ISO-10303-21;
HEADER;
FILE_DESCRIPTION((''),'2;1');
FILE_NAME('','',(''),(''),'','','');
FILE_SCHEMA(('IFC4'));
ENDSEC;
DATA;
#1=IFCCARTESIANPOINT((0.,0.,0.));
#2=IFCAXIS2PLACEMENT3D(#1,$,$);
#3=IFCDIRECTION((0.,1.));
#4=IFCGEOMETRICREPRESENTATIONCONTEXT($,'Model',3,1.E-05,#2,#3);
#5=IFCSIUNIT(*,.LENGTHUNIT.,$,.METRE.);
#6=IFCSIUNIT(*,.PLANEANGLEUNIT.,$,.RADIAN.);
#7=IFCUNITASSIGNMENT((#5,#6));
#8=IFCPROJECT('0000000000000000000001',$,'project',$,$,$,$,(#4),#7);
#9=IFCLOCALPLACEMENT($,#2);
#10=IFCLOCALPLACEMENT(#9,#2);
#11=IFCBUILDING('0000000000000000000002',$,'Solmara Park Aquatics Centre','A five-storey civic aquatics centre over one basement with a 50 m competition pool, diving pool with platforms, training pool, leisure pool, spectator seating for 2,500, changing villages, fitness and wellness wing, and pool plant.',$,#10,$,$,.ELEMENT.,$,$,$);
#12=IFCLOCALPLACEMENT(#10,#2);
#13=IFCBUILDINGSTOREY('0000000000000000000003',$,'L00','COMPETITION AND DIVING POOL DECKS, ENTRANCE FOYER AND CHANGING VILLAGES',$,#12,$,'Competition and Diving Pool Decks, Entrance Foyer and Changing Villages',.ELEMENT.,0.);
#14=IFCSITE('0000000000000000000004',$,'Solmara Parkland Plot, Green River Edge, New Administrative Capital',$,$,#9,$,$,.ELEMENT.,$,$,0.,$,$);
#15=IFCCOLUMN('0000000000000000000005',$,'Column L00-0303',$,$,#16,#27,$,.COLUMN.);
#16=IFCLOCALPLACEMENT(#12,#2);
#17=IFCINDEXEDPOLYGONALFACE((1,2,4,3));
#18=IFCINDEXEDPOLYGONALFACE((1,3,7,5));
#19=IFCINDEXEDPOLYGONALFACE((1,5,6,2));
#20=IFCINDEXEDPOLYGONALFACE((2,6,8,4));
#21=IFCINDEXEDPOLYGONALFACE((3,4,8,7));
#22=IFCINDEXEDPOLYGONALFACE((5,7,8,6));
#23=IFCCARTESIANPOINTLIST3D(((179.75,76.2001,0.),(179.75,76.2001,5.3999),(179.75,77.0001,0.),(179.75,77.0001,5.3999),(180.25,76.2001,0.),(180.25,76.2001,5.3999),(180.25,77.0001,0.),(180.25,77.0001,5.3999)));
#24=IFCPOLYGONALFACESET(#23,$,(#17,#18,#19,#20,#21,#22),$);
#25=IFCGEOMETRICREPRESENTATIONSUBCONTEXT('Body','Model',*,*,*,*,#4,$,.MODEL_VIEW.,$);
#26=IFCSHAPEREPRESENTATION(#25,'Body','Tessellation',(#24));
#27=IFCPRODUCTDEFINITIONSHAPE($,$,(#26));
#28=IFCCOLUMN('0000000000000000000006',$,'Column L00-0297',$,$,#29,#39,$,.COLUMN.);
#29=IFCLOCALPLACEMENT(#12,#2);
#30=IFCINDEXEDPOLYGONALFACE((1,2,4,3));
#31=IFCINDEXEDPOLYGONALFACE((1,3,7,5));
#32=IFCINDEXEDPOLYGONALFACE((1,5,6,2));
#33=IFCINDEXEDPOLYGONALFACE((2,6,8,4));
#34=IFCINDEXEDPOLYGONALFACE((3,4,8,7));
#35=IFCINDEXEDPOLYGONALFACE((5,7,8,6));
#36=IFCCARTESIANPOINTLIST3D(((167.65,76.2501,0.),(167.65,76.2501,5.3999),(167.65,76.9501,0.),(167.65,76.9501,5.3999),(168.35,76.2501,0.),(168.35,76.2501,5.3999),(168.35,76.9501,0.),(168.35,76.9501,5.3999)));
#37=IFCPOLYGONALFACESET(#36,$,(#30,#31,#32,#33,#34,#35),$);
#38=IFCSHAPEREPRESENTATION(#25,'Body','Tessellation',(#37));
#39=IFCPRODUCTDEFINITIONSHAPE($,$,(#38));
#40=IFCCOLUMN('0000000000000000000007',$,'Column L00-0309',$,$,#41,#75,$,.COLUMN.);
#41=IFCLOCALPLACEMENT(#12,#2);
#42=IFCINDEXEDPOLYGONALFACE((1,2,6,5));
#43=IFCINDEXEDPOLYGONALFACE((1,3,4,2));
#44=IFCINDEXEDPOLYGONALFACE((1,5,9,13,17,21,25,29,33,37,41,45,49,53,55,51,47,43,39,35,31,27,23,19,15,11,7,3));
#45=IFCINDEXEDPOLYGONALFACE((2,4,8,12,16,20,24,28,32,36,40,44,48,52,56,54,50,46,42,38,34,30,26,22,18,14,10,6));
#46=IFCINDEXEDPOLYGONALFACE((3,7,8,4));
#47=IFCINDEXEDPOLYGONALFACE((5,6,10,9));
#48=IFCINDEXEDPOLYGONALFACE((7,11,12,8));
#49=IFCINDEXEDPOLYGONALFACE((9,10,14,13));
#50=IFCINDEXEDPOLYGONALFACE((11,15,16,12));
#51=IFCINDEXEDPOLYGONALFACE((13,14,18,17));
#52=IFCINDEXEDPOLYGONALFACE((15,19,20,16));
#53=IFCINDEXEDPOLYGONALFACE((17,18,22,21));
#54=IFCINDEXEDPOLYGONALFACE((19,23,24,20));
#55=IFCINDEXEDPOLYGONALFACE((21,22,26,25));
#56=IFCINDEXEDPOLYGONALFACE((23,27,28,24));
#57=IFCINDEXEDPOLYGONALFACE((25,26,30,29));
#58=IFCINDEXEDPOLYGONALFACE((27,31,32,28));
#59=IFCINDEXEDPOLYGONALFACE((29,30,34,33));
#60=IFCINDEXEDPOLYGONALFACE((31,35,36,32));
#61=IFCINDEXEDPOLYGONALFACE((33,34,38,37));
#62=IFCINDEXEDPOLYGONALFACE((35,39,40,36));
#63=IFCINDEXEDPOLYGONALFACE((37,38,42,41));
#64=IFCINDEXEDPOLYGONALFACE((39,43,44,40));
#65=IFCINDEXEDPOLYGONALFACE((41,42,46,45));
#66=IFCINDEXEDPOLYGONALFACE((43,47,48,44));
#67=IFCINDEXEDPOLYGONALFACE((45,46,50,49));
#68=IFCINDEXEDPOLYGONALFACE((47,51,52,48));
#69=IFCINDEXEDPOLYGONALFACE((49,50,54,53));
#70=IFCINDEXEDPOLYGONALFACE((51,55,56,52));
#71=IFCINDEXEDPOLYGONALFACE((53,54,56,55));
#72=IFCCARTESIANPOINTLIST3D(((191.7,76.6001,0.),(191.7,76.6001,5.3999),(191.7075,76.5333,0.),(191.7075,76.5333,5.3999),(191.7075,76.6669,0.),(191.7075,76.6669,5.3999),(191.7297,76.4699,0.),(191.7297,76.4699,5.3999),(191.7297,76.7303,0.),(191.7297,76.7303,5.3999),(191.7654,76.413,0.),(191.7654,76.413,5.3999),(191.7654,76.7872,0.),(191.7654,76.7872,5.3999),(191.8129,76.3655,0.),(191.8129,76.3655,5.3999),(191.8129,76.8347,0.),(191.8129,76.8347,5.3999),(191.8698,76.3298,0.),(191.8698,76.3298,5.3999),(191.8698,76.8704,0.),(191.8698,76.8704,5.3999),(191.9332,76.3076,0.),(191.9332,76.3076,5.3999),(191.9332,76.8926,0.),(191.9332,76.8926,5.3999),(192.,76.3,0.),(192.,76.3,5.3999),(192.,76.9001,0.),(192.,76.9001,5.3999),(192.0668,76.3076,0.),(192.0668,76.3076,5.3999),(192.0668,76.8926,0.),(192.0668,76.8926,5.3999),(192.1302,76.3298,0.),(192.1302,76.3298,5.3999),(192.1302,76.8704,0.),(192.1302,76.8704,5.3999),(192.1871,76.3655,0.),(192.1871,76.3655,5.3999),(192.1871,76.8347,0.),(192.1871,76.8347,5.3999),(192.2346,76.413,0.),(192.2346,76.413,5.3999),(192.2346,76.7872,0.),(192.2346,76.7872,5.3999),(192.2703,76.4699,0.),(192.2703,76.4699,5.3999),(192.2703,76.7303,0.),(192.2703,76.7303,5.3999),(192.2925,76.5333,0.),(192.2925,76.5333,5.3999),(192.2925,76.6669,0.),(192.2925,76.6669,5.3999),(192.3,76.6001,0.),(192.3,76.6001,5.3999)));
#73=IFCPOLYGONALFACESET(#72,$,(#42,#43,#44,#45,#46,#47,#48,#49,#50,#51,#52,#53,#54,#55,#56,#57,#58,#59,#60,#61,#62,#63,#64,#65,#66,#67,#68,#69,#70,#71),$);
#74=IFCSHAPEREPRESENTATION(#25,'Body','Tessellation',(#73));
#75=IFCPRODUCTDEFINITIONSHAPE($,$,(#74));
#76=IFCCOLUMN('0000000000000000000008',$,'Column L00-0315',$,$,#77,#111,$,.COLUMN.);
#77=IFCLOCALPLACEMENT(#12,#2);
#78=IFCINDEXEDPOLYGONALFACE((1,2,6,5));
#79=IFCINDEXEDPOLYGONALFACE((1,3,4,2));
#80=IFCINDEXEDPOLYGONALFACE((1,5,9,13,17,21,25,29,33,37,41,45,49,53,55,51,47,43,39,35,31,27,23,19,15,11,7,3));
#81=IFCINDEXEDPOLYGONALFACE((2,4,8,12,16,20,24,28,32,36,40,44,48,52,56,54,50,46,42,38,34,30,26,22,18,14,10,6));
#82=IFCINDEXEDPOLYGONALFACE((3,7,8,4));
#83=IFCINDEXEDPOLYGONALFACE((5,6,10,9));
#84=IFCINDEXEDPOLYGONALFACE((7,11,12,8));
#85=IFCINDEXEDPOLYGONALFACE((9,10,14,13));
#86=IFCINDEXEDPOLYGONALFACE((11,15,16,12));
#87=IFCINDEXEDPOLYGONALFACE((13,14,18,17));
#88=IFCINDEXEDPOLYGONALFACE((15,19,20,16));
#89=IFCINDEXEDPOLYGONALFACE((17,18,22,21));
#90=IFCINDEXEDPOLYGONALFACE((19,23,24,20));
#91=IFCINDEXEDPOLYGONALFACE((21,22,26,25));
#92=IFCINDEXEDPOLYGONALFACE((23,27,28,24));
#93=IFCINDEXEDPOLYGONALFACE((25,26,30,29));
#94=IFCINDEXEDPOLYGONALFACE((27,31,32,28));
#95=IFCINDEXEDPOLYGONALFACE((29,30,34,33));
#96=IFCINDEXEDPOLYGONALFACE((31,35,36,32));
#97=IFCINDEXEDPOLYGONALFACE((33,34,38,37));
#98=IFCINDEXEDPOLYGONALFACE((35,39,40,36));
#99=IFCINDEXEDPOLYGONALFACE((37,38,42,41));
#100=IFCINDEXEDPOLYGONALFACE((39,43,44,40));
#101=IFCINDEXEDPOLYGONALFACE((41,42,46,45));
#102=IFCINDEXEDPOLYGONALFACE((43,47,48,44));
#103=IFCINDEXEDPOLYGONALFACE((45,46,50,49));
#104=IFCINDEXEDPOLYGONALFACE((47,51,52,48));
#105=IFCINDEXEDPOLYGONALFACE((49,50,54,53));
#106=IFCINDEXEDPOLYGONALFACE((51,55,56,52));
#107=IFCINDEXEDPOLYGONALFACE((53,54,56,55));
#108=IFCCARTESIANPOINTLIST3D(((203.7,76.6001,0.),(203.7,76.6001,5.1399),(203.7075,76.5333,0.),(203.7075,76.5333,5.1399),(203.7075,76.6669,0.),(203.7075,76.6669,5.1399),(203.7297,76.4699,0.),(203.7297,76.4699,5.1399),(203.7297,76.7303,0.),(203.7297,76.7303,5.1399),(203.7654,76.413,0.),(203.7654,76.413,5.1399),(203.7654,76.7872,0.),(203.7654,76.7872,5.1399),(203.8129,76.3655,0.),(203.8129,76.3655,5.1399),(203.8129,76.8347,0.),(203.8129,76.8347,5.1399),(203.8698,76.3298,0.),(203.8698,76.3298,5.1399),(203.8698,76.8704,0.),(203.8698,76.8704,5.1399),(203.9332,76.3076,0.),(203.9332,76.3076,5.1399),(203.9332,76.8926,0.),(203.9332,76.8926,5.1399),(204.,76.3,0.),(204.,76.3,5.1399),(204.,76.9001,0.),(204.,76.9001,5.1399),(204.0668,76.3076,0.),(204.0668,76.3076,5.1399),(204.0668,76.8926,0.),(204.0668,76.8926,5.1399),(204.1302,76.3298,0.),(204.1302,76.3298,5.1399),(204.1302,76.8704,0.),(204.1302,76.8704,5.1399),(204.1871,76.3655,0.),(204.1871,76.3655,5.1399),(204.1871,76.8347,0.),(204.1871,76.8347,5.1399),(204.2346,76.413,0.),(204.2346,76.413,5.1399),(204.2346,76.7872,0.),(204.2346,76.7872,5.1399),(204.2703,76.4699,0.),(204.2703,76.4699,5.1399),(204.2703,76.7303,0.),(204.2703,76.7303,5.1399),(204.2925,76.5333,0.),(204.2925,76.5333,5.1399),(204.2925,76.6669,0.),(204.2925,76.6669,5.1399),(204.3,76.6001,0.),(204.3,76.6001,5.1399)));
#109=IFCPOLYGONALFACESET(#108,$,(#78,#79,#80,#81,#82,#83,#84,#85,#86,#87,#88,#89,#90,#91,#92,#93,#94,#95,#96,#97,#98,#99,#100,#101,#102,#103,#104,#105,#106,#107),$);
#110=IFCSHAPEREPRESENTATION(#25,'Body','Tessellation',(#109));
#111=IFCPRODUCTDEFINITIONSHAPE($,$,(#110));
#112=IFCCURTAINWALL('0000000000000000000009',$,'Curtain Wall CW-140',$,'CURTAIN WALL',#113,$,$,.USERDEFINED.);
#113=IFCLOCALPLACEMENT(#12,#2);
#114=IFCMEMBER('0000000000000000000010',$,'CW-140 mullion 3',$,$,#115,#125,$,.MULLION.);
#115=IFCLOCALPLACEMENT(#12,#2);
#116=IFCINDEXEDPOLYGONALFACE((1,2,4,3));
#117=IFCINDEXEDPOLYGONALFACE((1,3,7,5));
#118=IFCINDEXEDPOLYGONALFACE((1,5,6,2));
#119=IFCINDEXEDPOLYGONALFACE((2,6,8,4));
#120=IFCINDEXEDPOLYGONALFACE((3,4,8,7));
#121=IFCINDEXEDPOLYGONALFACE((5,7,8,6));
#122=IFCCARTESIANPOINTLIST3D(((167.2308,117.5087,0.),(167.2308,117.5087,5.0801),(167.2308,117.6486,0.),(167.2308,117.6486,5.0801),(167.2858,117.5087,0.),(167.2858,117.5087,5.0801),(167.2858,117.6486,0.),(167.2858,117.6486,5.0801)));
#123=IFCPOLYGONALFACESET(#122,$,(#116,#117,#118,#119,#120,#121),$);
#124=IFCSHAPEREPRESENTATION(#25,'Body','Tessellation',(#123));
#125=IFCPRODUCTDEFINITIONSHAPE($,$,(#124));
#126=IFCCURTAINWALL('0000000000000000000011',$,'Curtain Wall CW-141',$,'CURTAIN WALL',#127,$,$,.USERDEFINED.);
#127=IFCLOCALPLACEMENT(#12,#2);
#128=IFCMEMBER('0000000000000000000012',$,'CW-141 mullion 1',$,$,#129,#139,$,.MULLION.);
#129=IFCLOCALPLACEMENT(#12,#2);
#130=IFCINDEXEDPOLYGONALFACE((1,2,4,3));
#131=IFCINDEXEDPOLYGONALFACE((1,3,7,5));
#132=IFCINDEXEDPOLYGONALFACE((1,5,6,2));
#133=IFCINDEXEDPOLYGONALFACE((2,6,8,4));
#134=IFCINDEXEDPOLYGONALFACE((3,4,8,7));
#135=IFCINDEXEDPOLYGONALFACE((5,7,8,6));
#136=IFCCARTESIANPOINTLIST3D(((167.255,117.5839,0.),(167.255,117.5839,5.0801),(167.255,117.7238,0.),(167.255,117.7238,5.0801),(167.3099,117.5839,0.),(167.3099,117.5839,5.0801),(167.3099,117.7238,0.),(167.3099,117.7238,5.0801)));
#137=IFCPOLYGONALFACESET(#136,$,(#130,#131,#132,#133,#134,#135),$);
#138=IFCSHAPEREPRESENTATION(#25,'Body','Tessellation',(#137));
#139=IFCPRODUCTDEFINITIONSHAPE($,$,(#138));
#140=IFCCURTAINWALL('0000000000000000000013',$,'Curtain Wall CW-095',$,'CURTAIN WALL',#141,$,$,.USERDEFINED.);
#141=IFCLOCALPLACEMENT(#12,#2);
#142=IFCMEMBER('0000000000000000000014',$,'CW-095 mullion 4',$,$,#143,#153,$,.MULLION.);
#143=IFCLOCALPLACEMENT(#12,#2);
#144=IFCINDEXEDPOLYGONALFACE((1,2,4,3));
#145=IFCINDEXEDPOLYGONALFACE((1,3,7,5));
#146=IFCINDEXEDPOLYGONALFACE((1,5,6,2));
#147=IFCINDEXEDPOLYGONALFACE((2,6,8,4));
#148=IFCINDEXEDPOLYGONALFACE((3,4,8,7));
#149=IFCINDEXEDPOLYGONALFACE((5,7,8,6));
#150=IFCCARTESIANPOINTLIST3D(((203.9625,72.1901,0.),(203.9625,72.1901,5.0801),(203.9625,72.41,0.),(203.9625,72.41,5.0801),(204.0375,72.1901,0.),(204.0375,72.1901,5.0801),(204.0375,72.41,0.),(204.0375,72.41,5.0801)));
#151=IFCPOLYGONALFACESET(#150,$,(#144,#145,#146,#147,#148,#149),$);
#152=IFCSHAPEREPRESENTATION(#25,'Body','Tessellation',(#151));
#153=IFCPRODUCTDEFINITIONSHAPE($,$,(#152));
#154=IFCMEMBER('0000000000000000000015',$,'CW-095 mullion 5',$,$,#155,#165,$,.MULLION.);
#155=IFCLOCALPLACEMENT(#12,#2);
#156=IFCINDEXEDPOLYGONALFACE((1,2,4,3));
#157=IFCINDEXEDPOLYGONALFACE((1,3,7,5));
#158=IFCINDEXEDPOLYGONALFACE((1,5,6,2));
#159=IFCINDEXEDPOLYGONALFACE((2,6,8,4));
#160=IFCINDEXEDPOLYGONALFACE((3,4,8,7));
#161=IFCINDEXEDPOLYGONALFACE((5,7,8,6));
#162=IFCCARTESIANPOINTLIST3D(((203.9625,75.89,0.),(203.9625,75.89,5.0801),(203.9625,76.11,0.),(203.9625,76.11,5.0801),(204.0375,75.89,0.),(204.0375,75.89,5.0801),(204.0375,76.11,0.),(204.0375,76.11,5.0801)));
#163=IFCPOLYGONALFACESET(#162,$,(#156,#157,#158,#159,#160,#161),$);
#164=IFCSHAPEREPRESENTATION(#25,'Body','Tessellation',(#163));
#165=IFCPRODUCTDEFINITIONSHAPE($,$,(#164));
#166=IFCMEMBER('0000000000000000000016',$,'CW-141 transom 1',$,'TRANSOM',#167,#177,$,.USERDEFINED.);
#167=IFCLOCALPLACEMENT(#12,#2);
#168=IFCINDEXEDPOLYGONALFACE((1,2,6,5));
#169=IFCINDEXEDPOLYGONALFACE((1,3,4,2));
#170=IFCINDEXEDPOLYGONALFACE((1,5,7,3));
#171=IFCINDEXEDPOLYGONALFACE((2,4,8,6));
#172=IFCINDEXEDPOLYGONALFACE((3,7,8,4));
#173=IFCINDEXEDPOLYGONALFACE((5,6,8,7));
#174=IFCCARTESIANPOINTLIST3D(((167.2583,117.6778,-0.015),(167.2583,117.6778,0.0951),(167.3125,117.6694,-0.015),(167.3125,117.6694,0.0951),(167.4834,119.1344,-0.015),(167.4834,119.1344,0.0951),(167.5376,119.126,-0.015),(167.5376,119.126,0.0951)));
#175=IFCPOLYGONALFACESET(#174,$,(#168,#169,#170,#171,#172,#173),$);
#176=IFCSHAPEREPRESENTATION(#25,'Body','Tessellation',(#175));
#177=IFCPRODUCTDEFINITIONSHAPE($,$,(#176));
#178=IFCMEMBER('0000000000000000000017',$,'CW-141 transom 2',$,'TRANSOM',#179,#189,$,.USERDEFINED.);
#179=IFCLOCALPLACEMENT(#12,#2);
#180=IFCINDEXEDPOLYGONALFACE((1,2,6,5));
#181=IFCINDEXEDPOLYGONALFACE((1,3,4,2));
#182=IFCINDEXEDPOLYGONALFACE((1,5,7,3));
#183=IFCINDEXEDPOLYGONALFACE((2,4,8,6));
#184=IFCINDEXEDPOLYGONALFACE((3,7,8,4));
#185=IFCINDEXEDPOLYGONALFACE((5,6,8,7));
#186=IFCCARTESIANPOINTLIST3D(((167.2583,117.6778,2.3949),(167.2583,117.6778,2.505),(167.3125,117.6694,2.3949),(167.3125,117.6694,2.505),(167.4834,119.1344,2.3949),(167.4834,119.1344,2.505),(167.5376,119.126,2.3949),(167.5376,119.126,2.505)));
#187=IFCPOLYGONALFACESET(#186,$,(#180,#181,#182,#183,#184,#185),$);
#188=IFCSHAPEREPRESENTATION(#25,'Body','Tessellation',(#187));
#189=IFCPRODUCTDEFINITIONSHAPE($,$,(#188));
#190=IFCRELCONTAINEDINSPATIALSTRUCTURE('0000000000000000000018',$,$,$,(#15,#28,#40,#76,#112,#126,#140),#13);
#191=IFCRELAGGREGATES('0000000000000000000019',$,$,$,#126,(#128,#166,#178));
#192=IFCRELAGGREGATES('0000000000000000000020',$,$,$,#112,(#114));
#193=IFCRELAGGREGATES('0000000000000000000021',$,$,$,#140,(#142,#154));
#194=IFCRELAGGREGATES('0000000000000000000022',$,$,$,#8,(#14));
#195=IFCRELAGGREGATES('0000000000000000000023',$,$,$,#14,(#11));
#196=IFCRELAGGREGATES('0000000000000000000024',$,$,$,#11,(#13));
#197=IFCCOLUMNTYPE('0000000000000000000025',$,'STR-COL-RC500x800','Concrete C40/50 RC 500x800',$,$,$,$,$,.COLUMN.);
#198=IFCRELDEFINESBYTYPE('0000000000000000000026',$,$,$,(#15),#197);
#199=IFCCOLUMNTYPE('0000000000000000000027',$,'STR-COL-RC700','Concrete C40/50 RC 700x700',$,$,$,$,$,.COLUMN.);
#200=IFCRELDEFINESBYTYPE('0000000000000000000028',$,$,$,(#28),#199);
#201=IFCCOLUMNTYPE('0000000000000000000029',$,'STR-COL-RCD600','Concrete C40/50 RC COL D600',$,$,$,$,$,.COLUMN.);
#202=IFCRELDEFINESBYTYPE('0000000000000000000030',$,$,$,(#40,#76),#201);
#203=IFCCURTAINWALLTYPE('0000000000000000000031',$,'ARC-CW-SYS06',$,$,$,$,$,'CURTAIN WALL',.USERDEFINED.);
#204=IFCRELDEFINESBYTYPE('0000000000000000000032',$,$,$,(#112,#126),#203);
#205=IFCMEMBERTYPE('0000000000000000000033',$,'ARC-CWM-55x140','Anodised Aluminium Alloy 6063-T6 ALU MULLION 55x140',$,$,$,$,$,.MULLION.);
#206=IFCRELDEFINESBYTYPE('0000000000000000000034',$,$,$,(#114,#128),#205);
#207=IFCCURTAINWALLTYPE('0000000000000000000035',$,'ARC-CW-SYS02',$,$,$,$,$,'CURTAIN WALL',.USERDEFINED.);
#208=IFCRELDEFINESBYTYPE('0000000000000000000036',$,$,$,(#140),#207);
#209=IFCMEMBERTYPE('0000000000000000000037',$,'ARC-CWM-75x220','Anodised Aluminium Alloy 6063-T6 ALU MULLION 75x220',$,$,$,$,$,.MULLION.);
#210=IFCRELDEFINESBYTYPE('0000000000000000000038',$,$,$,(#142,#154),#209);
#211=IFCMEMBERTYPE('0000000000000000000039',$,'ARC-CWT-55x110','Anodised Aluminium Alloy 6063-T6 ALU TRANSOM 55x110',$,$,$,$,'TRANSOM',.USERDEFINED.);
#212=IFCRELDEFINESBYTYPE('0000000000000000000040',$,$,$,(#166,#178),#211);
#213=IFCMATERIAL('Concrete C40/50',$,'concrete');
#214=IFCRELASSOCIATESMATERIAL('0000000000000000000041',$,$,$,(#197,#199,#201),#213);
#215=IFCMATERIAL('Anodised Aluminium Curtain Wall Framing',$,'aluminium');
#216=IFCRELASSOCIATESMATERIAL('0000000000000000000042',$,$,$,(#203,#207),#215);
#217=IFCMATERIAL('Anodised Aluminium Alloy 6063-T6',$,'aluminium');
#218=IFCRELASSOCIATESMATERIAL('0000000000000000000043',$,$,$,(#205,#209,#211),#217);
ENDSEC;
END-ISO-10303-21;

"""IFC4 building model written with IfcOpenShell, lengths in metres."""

from ifc_helpers import new_model, si_unit, direction, frame, origin, origin_2d, place, context, subcontext, project, spatial, rectangle, circle, extrude, material, material_profile, profile_set, type_object, element, aggregate, save


model = new_model("IFC4")

# Units and contexts
model_context = context("Model", 3, precision=1e-05, world=origin(), true_north=direction((0.0, 1.0)))
body_context = subcontext(model_context, "Body", "Model", "MODEL_VIEW")
ifc_project = project(units=[si_unit("LENGTHUNIT", "METRE"), si_unit("PLANEANGLEUNIT", "RADIAN")], contexts=[model_context])

# Site, building, storey
site_placement = place(None, origin())
site = spatial("IfcSite", under=ifc_project, at=site_placement, Name="Solmara Parkland Plot, Green River Edge, New Administrative Capital", CompositionType="ELEMENT", RefElevation=0.0)
building_placement = place(site_placement, origin())
building = spatial("IfcBuilding", under=site, at=building_placement, Name="Solmara Park Aquatics Centre", Description="A five-storey civic aquatics centre over one basement with a 50 m competition pool, diving pool with platforms, training pool, leisure pool, spectator seating for 2,500, changing villages, fitness and wellness wing, and pool plant.", CompositionType="ELEMENT")
storey_placement = place(building_placement, origin())
storey = spatial("IfcBuildingStorey", under=building, at=storey_placement, Name="L00", Description="COMPETITION AND DIVING POOL DECKS, ENTRANCE FOYER AND CHANGING VILLAGES", LongName="Competition and Diving Pool Decks, Entrance Foyer and Changing Villages", CompositionType="ELEMENT", Elevation=0.0)

# Columns
ifc_material_1 = material(Name="Concrete C40/50", Category="concrete")
ifc_material_profile_1 = material_profile(ifc_material_1, rectangle(XDim=0.5, YDim=0.8, at=origin_2d()), Name="RC 500x800")
ifc_profile_set_1 = profile_set([ifc_material_profile_1], Name="Concrete C40/50")
column_type_1 = type_object("IfcColumnType", Name="STR-COL-RC500x800", Description="Concrete C40/50 RC 500x800", PredefinedType="COLUMN", material=ifc_profile_set_1)
column_1_placement = place(storey_placement, frame((180.0, 76.6001, 0.0), z_axis=(0.0, 0.0, 1.0), x_axis=(1.0, 0.0, 0.0)))
element("IfcColumn", 1, at=column_1_placement, inside=storey, type_object=column_type_1, Name="Column L00-0303", PredefinedType="COLUMN", context=body_context, shape_type="SweptSolid", body=[
    extrude(rectangle(XDim=0.5, YDim=0.8, at=origin_2d()), origin(), (0.0, 0.0, 1.0), 5.3999),
])
ifc_material_profile_2 = material_profile(ifc_material_1, rectangle(XDim=0.7, YDim=0.7, at=origin_2d()), Name="RC 700x700")
ifc_profile_set_2 = profile_set([ifc_material_profile_2], Name="Concrete C40/50")
column_type_2 = type_object("IfcColumnType", Name="STR-COL-RC700", Description="Concrete C40/50 RC 700x700", PredefinedType="COLUMN", material=ifc_profile_set_2)
column_2_placement = place(storey_placement, frame((168.0, 76.6001, 0.0), z_axis=(0.0, 0.0, 1.0), x_axis=(1.0, 0.0, 0.0)))
element("IfcColumn", 2, at=column_2_placement, inside=storey, type_object=column_type_2, Name="Column L00-0297", PredefinedType="COLUMN", context=body_context, shape_type="SweptSolid", body=[
    extrude(rectangle(XDim=0.7, YDim=0.7, at=origin_2d()), origin(), (0.0, 0.0, 1.0), 5.3999),
])
ifc_material_profile_3 = material_profile(ifc_material_1, circle(Radius=0.3, at=origin_2d()), Name="RC COL D600")
ifc_profile_set_3 = profile_set([ifc_material_profile_3], Name="Concrete C40/50")
column_type_3 = type_object("IfcColumnType", Name="STR-COL-RCD600", Description="Concrete C40/50 RC COL D600", PredefinedType="COLUMN", material=ifc_profile_set_3)
column_3_placement = place(storey_placement, frame((192.0, 76.6001, 0.0), z_axis=(0.0, 0.0, 1.0), x_axis=(1.0, 0.0, 0.0)))
element("IfcColumn", 3, at=column_3_placement, inside=storey, type_object=column_type_3, Name="Column L00-0309", PredefinedType="COLUMN", context=body_context, shape_type="SweptSolid", body=[
    extrude(circle(Radius=0.3, at=origin_2d()), origin(), (0.0, 0.0, 1.0), 5.3999),
])
column_4_placement = place(storey_placement, frame((204.0, 76.6001, 0.0), z_axis=(0.0, 0.0, 1.0), x_axis=(1.0, 0.0, 0.0)))
element("IfcColumn", 4, at=column_4_placement, inside=storey, type_object=column_type_3, Name="Column L00-0315", PredefinedType="COLUMN", context=body_context, shape_type="SweptSolid", body=[
    extrude(circle(Radius=0.3, at=origin_2d()), origin(), (0.0, 0.0, 1.0), 5.1399),
])

# Curtain walls, members
ifc_material_2 = material(Name="Anodised Aluminium Curtain Wall Framing", Category="aluminium")
curtain_wall_type_1 = type_object("IfcCurtainWallType", Name="ARC-CW-SYS06", ElementType="CURTAIN WALL", PredefinedType="USERDEFINED", material=ifc_material_2)
curtain_wall_1_placement = place(storey_placement, origin())
curtain_wall_1 = element("IfcCurtainWall", 5, at=curtain_wall_1_placement, inside=storey, type_object=curtain_wall_type_1, Name="Curtain Wall CW-140", ObjectType="CURTAIN WALL", PredefinedType="USERDEFINED")
ifc_material_3 = material(Name="Anodised Aluminium Alloy 6063-T6", Category="aluminium")
ifc_material_profile_4 = material_profile(ifc_material_3, rectangle(XDim=0.0549, YDim=0.1399, at=origin_2d()), Name="ALU MULLION 55x140")
ifc_profile_set_4 = profile_set([ifc_material_profile_4], Name="Anodised Aluminium Alloy 6063-T6")
member_type_1 = type_object("IfcMemberType", Name="ARC-CWM-55x140", Description="Anodised Aluminium Alloy 6063-T6 ALU MULLION 55x140", PredefinedType="MULLION", material=ifc_profile_set_4)
member_1_placement = place(storey_placement, frame((167.2583, 117.5786, 0.0), z_axis=(0.0, 0.0, 1.0), x_axis=(1.0, 0.0, 0.0)))
member_1 = element("IfcMember", 6, at=member_1_placement, type_object=member_type_1, Name="CW-140 mullion 3", PredefinedType="MULLION", context=body_context, shape_type="SweptSolid", body=[
    extrude(rectangle(XDim=0.0549, YDim=0.1399, at=origin_2d()), origin(), (0.0, 0.0, 1.0), 5.0801),
])
curtain_wall_2_placement = place(storey_placement, origin())
curtain_wall_2 = element("IfcCurtainWall", 7, at=curtain_wall_2_placement, inside=storey, type_object=curtain_wall_type_1, Name="Curtain Wall CW-141", ObjectType="CURTAIN WALL", PredefinedType="USERDEFINED")
member_2_placement = place(storey_placement, frame((167.2825, 117.6538, 0.0), z_axis=(0.0, 0.0, 1.0), x_axis=(1.0, 0.0, 0.0)))
member_2 = element("IfcMember", 8, at=member_2_placement, type_object=member_type_1, Name="CW-141 mullion 1", PredefinedType="MULLION", context=body_context, shape_type="SweptSolid", body=[
    extrude(rectangle(XDim=0.0549, YDim=0.1399, at=origin_2d()), origin(), (0.0, 0.0, 1.0), 5.0801),
])

# Curtain wall, members
curtain_wall_type_2 = type_object("IfcCurtainWallType", Name="ARC-CW-SYS02", ElementType="CURTAIN WALL", PredefinedType="USERDEFINED", material=ifc_material_2)
curtain_wall_3_placement = place(storey_placement, origin())
curtain_wall_3 = element("IfcCurtainWall", 9, at=curtain_wall_3_placement, inside=storey, type_object=curtain_wall_type_2, Name="Curtain Wall CW-095", ObjectType="CURTAIN WALL", PredefinedType="USERDEFINED")
ifc_material_profile_5 = material_profile(ifc_material_3, rectangle(XDim=0.075, YDim=0.22, at=origin_2d()), Name="ALU MULLION 75x220")
ifc_profile_set_5 = profile_set([ifc_material_profile_5], Name="Anodised Aluminium Alloy 6063-T6")
member_type_2 = type_object("IfcMemberType", Name="ARC-CWM-75x220", Description="Anodised Aluminium Alloy 6063-T6 ALU MULLION 75x220", PredefinedType="MULLION", material=ifc_profile_set_5)
member_3_placement = place(storey_placement, frame((204.0, 72.3, 0.0), z_axis=(0.0, 0.0, 1.0), x_axis=(1.0, 0.0, 0.0)))
member_3 = element("IfcMember", 10, at=member_3_placement, type_object=member_type_2, Name="CW-095 mullion 4", PredefinedType="MULLION", context=body_context, shape_type="SweptSolid", body=[
    extrude(rectangle(XDim=0.075, YDim=0.22, at=origin_2d()), origin(), (0.0, 0.0, 1.0), 5.0801),
])
member_4_placement = place(storey_placement, frame((204.0, 76.0, 0.0), z_axis=(0.0, 0.0, 1.0), x_axis=(1.0, 0.0, 0.0)))
member_4 = element("IfcMember", 11, at=member_4_placement, type_object=member_type_2, Name="CW-095 mullion 5", PredefinedType="MULLION", context=body_context, shape_type="SweptSolid", body=[
    extrude(rectangle(XDim=0.075, YDim=0.22, at=origin_2d()), origin(), (0.0, 0.0, 1.0), 5.0801),
])

# Members
ifc_material_profile_6 = material_profile(ifc_material_3, rectangle(XDim=0.0549, YDim=0.1101, at=origin_2d()), Name="ALU TRANSOM 55x110")
ifc_profile_set_6 = profile_set([ifc_material_profile_6], Name="Anodised Aluminium Alloy 6063-T6")
member_type_3 = type_object("IfcMemberType", Name="ARC-CWT-55x110", Description="Anodised Aluminium Alloy 6063-T6 ALU TRANSOM 55x110", ElementType="TRANSOM", PredefinedType="USERDEFINED", material=ifc_profile_set_6)
member_5_placement = place(storey_placement, frame((167.2854, 117.6736, 0.04), z_axis=(0.152729, 0.988268, 0.0), x_axis=(-0.988268, 0.152729, 0.0)))
member_5 = element("IfcMember", 12, at=member_5_placement, type_object=member_type_3, Name="CW-141 transom 1", ObjectType="TRANSOM", PredefinedType="USERDEFINED", context=body_context, shape_type="SweptSolid", body=[
    extrude(rectangle(XDim=0.0549, YDim=0.1101, at=origin_2d()), origin(), (0.0, 0.0, 1.0), 1.4739),
])
member_6_placement = place(storey_placement, frame((167.2854, 117.6736, 2.45), z_axis=(0.152729, 0.988268, 0.0), x_axis=(-0.988268, 0.152729, 0.0)))
member_6 = element("IfcMember", 13, at=member_6_placement, type_object=member_type_3, Name="CW-141 transom 2", ObjectType="TRANSOM", PredefinedType="USERDEFINED", context=body_context, shape_type="SweptSolid", body=[
    extrude(rectangle(XDim=0.0549, YDim=0.1101, at=origin_2d()), origin(), (0.0, 0.0, 1.0), 1.4739),
])

aggregate(curtain_wall_2, [member_2, member_5, member_6])
aggregate(curtain_wall_1, [member_1])
aggregate(curtain_wall_3, [member_3, member_4])

save(model, "model.ifc")
